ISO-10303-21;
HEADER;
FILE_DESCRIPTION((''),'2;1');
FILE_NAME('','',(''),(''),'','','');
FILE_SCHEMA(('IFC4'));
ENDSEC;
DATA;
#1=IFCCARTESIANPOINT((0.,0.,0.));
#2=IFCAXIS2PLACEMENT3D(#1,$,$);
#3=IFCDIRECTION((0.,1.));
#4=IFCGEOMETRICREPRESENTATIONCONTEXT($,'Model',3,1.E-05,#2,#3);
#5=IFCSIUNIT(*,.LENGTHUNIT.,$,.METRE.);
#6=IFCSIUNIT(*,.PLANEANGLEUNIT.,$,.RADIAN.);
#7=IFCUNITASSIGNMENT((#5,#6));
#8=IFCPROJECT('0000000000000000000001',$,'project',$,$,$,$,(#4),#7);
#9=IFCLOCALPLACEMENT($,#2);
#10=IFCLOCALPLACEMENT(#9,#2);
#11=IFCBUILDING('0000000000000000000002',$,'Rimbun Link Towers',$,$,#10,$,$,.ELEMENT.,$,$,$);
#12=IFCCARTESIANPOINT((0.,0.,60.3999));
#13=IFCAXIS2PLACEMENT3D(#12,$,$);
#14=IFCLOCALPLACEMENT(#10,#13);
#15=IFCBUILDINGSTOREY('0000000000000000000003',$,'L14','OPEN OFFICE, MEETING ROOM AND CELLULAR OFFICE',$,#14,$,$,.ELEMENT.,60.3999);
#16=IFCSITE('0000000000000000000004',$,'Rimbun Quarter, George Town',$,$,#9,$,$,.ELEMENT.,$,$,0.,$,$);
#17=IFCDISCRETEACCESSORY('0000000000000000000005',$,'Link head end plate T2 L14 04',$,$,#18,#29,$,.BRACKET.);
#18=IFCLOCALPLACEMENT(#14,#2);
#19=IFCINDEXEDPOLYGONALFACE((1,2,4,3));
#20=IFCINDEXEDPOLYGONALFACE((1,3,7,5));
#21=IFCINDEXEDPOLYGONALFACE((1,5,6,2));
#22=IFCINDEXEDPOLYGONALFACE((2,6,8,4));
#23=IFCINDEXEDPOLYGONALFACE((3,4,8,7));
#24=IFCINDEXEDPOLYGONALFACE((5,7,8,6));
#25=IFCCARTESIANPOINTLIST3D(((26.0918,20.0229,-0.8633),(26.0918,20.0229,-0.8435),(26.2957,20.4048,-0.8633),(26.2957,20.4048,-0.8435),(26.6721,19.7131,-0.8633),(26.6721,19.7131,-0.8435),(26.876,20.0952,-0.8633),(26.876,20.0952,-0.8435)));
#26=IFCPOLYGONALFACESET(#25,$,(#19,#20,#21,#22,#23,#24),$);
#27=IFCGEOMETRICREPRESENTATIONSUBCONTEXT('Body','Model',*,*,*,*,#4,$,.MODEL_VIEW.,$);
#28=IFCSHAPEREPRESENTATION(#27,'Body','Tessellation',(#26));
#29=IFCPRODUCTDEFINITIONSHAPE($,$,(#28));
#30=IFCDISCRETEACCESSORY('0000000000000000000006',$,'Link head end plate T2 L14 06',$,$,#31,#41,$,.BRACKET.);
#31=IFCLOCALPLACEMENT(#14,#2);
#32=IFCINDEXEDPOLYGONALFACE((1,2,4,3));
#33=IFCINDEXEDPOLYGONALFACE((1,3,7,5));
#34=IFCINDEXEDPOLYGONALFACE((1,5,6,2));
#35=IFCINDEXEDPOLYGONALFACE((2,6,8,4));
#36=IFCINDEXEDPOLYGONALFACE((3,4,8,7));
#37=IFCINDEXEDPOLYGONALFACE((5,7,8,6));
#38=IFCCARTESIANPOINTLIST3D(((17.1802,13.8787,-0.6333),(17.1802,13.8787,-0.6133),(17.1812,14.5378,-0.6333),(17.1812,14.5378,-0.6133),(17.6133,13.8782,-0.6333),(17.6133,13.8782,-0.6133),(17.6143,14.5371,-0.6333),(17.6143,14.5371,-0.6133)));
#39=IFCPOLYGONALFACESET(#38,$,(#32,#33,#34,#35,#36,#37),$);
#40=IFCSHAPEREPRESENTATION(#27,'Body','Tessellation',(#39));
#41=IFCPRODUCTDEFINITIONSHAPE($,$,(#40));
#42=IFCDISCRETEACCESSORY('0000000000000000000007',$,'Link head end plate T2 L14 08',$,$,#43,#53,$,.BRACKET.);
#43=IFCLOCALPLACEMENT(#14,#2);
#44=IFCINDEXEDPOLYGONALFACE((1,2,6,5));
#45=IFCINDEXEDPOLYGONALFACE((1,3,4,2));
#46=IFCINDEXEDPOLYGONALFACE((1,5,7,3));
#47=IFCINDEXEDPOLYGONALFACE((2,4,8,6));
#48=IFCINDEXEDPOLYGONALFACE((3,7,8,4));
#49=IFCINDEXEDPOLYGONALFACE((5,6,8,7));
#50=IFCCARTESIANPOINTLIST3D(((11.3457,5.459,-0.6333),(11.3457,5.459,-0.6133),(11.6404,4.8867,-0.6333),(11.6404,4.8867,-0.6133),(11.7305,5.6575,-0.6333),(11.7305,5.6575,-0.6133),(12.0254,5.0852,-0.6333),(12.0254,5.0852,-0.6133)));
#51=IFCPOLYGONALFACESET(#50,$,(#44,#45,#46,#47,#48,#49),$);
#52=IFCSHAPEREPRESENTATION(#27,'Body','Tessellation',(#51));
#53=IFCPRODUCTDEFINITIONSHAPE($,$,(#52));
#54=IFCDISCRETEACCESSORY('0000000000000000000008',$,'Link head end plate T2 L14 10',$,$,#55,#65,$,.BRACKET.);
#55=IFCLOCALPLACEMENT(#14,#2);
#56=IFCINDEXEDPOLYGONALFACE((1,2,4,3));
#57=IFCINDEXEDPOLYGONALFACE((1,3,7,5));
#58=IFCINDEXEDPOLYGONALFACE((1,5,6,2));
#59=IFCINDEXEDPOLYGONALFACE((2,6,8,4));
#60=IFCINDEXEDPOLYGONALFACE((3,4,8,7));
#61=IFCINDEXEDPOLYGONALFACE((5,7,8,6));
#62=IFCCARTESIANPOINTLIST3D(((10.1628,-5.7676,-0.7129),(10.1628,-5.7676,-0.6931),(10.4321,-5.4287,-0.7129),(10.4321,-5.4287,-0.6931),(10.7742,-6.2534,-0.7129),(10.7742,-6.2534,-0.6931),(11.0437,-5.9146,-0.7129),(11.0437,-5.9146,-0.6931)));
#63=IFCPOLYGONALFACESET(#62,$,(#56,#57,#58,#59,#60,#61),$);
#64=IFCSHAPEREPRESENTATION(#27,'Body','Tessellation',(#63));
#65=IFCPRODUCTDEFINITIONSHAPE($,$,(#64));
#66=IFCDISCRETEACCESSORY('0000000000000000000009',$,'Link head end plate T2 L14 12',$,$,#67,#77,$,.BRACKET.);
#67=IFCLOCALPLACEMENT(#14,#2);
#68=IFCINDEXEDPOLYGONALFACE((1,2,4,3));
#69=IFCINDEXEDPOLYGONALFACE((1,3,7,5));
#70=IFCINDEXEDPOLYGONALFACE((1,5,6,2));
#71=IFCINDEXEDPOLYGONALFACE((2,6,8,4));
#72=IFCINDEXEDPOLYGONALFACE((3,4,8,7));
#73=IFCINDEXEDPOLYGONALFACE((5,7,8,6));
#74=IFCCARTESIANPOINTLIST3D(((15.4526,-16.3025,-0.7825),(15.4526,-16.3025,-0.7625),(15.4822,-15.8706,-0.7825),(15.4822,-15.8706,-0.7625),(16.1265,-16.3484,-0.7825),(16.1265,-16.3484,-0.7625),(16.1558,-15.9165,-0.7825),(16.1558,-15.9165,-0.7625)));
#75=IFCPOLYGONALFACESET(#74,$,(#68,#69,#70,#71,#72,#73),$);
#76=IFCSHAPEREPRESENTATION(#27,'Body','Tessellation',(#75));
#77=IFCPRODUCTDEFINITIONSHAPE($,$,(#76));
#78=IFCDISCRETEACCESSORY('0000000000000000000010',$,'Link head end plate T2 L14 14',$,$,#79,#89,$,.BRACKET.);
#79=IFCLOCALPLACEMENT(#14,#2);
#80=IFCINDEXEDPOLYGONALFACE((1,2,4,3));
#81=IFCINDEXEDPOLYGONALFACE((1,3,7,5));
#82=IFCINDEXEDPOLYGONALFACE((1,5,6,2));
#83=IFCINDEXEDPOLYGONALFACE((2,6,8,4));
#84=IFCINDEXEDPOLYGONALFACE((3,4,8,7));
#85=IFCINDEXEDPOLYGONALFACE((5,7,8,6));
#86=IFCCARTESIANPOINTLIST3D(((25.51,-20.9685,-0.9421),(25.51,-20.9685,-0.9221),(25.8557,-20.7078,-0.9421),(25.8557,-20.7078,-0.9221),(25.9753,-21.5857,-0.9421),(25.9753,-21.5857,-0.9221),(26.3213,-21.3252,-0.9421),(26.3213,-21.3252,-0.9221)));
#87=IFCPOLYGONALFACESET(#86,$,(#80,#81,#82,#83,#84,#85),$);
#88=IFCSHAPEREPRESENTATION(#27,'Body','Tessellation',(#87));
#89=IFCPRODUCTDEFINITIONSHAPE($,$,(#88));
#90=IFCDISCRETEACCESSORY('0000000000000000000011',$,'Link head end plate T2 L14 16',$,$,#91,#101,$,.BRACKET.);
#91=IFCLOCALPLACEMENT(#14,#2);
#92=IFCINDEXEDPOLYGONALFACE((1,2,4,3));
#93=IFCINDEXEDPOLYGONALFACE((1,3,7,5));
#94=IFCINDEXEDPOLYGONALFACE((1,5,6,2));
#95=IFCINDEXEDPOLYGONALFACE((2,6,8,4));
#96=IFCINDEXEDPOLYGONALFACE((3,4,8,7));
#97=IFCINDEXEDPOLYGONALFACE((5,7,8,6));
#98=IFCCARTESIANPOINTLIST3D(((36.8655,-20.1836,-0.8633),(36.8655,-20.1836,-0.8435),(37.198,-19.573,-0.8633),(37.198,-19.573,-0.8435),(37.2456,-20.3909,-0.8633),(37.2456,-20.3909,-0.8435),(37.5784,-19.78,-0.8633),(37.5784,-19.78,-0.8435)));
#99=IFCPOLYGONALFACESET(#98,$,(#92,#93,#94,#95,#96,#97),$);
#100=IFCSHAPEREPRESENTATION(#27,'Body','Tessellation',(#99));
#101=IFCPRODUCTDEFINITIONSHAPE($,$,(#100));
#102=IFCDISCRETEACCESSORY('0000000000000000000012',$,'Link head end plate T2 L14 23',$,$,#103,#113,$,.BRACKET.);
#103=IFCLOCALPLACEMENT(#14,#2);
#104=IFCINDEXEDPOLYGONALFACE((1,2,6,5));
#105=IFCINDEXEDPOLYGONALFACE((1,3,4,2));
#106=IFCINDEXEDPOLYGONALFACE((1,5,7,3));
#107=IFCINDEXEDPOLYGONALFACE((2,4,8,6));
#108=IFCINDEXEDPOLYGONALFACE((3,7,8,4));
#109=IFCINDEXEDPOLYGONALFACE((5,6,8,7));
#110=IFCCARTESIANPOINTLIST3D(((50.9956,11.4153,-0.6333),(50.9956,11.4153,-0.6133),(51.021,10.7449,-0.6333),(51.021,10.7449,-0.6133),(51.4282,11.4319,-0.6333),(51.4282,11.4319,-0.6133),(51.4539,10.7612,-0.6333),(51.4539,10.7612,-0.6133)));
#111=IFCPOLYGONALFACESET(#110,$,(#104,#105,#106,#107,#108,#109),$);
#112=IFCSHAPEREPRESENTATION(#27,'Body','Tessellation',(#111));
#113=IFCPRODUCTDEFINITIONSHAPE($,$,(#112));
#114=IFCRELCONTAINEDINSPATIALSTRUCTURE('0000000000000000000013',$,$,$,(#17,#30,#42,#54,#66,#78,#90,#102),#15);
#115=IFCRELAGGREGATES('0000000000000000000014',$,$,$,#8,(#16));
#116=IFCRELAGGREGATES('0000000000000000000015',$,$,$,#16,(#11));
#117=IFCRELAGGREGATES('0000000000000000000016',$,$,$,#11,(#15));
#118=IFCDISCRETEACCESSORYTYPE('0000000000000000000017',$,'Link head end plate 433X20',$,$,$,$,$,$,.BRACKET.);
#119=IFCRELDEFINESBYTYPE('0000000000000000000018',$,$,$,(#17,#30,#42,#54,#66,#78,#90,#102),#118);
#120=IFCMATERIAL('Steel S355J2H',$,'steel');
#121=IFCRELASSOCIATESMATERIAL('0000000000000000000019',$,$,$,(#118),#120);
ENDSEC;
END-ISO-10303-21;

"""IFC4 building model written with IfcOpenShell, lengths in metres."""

from ifc_helpers import new_model, si_unit, direction, frame, origin, origin_2d, place, context, subcontext, project, spatial, polyline, rectangle, outline, extrude, material, material_profile, profile_set, type_object, element, save


model = new_model("IFC4")

# Units and contexts
model_context = context("Model", 3, precision=1e-05, world=origin(), true_north=direction((0.0, 1.0)))
body_context = subcontext(model_context, "Body", "Model", "MODEL_VIEW")
ifc_project = project(units=[si_unit("LENGTHUNIT", "METRE"), si_unit("PLANEANGLEUNIT", "RADIAN")], contexts=[model_context])

# Site, building, storey
site_placement = place(None, origin())
site = spatial("IfcSite", under=ifc_project, at=site_placement, Name="Rimbun Quarter, George Town", CompositionType="ELEMENT", RefElevation=0.0)
building_placement = place(site_placement, origin())
building = spatial("IfcBuilding", under=site, at=building_placement, Name="Rimbun Link Towers", CompositionType="ELEMENT")
storey_placement = place(building_placement, frame((0.0, 0.0, 60.3999)))
storey = spatial("IfcBuildingStorey", under=building, at=storey_placement, Name="L14", Description="OPEN OFFICE, MEETING ROOM AND CELLULAR OFFICE", CompositionType="ELEMENT", Elevation=60.3999)

# Discrete accessories
ifc_material_1 = material(Name="Steel S355J2H", Category="steel")
ifc_material_profile_1 = material_profile(ifc_material_1, rectangle(XDim=0.4331, YDim=0.4331, at=origin_2d()), Name="PL 433x433")
ifc_profile_set_1 = profile_set([ifc_material_profile_1], Name="Steel S355J2H")
discrete_accessory_type_1 = type_object("IfcDiscreteAccessoryType", Name="Link head end plate 433X20", PredefinedType="BRACKET", material=ifc_profile_set_1)
discrete_accessory_1_placement = place(storey_placement, frame((0.0, 0.0, -0.8633)))
element("IfcDiscreteAccessory", 1, at=discrete_accessory_1_placement, inside=storey, type_object=discrete_accessory_type_1, Name="Link head end plate T2 L14 04", PredefinedType="BRACKET", context=body_context, shape_type="SweptSolid", body=[
    extrude(outline(polyline([(26.876, 20.0952), (26.2957, 20.4048), (26.0918, 20.0229), (26.6721, 19.7131), (26.876, 20.0952)])), origin(), (0.0, 0.0, 1.0), 0.0198),
])
discrete_accessory_2_placement = place(storey_placement, frame((0.0, 0.0, -0.6333)))
element("IfcDiscreteAccessory", 2, at=discrete_accessory_2_placement, inside=storey, type_object=discrete_accessory_type_1, Name="Link head end plate T2 L14 06", PredefinedType="BRACKET", context=body_context, shape_type="SweptSolid", body=[
    extrude(outline(polyline([(17.6133, 13.8782), (17.6143, 14.5371), (17.1812, 14.5378), (17.1802, 13.8787), (17.6133, 13.8782)])), origin(), (0.0, 0.0, 1.0), 0.02),
])
discrete_accessory_3_placement = place(storey_placement, frame((0.0, 0.0, -0.6333)))
element("IfcDiscreteAccessory", 3, at=discrete_accessory_3_placement, inside=storey, type_object=discrete_accessory_type_1, Name="Link head end plate T2 L14 08", PredefinedType="BRACKET", context=body_context, shape_type="SweptSolid", body=[
    extrude(outline(polyline([(12.0254, 5.0852), (11.7305, 5.6575), (11.3457, 5.459), (11.6404, 4.8867), (12.0254, 5.0852)])), origin(), (0.0, 0.0, 1.0), 0.02),
])
discrete_accessory_4_placement = place(storey_placement, frame((0.0, 0.0, -0.7129)))
element("IfcDiscreteAccessory", 4, at=discrete_accessory_4_placement, inside=storey, type_object=discrete_accessory_type_1, Name="Link head end plate T2 L14 10", PredefinedType="BRACKET", context=body_context, shape_type="SweptSolid", body=[
    extrude(outline(polyline([(11.0437, -5.9146), (10.4321, -5.4287), (10.1628, -5.7676), (10.7742, -6.2534), (11.0437, -5.9146)])), origin(), (0.0, 0.0, 1.0), 0.0198),
])
discrete_accessory_5_placement = place(storey_placement, frame((0.0, 0.0, -0.7825)))
element("IfcDiscreteAccessory", 5, at=discrete_accessory_5_placement, inside=storey, type_object=discrete_accessory_type_1, Name="Link head end plate T2 L14 12", PredefinedType="BRACKET", context=body_context, shape_type="SweptSolid", body=[
    extrude(outline(polyline([(16.1558, -15.9165), (15.4822, -15.8706), (15.4526, -16.3025), (16.1265, -16.3484), (16.1558, -15.9165)])), origin(), (0.0, 0.0, 1.0), 0.02),
])
discrete_accessory_6_placement = place(storey_placement, frame((0.0, 0.0, -0.9421)))
element("IfcDiscreteAccessory", 6, at=discrete_accessory_6_placement, inside=storey, type_object=discrete_accessory_type_1, Name="Link head end plate T2 L14 14", PredefinedType="BRACKET", context=body_context, shape_type="SweptSolid", body=[
    extrude(outline(polyline([(25.51, -20.9685), (25.9753, -21.5857), (26.3213, -21.3252), (25.8557, -20.7078), (25.51, -20.9685)])), origin(), (0.0, 0.0, 1.0), 0.02),
])
discrete_accessory_7_placement = place(storey_placement, frame((0.0, 0.0, -0.8633)))
element("IfcDiscreteAccessory", 7, at=discrete_accessory_7_placement, inside=storey, type_object=discrete_accessory_type_1, Name="Link head end plate T2 L14 16", PredefinedType="BRACKET", context=body_context, shape_type="SweptSolid", body=[
    extrude(outline(polyline([(37.198, -19.573), (36.8655, -20.1836), (37.2456, -20.3909), (37.5784, -19.78), (37.198, -19.573)])), origin(), (0.0, 0.0, 1.0), 0.0198),
])
discrete_accessory_8_placement = place(storey_placement, frame((0.0, 0.0, -0.6333)))
element("IfcDiscreteAccessory", 8, at=discrete_accessory_8_placement, inside=storey, type_object=discrete_accessory_type_1, Name="Link head end plate T2 L14 23", PredefinedType="BRACKET", context=body_context, shape_type="SweptSolid", body=[
    extrude(outline(polyline([(51.4539, 10.7612), (51.4282, 11.4319), (50.9956, 11.4153), (51.021, 10.7449), (51.4539, 10.7612)])), origin(), (0.0, 0.0, 1.0), 0.02),
])

save(model, "model.ifc")
